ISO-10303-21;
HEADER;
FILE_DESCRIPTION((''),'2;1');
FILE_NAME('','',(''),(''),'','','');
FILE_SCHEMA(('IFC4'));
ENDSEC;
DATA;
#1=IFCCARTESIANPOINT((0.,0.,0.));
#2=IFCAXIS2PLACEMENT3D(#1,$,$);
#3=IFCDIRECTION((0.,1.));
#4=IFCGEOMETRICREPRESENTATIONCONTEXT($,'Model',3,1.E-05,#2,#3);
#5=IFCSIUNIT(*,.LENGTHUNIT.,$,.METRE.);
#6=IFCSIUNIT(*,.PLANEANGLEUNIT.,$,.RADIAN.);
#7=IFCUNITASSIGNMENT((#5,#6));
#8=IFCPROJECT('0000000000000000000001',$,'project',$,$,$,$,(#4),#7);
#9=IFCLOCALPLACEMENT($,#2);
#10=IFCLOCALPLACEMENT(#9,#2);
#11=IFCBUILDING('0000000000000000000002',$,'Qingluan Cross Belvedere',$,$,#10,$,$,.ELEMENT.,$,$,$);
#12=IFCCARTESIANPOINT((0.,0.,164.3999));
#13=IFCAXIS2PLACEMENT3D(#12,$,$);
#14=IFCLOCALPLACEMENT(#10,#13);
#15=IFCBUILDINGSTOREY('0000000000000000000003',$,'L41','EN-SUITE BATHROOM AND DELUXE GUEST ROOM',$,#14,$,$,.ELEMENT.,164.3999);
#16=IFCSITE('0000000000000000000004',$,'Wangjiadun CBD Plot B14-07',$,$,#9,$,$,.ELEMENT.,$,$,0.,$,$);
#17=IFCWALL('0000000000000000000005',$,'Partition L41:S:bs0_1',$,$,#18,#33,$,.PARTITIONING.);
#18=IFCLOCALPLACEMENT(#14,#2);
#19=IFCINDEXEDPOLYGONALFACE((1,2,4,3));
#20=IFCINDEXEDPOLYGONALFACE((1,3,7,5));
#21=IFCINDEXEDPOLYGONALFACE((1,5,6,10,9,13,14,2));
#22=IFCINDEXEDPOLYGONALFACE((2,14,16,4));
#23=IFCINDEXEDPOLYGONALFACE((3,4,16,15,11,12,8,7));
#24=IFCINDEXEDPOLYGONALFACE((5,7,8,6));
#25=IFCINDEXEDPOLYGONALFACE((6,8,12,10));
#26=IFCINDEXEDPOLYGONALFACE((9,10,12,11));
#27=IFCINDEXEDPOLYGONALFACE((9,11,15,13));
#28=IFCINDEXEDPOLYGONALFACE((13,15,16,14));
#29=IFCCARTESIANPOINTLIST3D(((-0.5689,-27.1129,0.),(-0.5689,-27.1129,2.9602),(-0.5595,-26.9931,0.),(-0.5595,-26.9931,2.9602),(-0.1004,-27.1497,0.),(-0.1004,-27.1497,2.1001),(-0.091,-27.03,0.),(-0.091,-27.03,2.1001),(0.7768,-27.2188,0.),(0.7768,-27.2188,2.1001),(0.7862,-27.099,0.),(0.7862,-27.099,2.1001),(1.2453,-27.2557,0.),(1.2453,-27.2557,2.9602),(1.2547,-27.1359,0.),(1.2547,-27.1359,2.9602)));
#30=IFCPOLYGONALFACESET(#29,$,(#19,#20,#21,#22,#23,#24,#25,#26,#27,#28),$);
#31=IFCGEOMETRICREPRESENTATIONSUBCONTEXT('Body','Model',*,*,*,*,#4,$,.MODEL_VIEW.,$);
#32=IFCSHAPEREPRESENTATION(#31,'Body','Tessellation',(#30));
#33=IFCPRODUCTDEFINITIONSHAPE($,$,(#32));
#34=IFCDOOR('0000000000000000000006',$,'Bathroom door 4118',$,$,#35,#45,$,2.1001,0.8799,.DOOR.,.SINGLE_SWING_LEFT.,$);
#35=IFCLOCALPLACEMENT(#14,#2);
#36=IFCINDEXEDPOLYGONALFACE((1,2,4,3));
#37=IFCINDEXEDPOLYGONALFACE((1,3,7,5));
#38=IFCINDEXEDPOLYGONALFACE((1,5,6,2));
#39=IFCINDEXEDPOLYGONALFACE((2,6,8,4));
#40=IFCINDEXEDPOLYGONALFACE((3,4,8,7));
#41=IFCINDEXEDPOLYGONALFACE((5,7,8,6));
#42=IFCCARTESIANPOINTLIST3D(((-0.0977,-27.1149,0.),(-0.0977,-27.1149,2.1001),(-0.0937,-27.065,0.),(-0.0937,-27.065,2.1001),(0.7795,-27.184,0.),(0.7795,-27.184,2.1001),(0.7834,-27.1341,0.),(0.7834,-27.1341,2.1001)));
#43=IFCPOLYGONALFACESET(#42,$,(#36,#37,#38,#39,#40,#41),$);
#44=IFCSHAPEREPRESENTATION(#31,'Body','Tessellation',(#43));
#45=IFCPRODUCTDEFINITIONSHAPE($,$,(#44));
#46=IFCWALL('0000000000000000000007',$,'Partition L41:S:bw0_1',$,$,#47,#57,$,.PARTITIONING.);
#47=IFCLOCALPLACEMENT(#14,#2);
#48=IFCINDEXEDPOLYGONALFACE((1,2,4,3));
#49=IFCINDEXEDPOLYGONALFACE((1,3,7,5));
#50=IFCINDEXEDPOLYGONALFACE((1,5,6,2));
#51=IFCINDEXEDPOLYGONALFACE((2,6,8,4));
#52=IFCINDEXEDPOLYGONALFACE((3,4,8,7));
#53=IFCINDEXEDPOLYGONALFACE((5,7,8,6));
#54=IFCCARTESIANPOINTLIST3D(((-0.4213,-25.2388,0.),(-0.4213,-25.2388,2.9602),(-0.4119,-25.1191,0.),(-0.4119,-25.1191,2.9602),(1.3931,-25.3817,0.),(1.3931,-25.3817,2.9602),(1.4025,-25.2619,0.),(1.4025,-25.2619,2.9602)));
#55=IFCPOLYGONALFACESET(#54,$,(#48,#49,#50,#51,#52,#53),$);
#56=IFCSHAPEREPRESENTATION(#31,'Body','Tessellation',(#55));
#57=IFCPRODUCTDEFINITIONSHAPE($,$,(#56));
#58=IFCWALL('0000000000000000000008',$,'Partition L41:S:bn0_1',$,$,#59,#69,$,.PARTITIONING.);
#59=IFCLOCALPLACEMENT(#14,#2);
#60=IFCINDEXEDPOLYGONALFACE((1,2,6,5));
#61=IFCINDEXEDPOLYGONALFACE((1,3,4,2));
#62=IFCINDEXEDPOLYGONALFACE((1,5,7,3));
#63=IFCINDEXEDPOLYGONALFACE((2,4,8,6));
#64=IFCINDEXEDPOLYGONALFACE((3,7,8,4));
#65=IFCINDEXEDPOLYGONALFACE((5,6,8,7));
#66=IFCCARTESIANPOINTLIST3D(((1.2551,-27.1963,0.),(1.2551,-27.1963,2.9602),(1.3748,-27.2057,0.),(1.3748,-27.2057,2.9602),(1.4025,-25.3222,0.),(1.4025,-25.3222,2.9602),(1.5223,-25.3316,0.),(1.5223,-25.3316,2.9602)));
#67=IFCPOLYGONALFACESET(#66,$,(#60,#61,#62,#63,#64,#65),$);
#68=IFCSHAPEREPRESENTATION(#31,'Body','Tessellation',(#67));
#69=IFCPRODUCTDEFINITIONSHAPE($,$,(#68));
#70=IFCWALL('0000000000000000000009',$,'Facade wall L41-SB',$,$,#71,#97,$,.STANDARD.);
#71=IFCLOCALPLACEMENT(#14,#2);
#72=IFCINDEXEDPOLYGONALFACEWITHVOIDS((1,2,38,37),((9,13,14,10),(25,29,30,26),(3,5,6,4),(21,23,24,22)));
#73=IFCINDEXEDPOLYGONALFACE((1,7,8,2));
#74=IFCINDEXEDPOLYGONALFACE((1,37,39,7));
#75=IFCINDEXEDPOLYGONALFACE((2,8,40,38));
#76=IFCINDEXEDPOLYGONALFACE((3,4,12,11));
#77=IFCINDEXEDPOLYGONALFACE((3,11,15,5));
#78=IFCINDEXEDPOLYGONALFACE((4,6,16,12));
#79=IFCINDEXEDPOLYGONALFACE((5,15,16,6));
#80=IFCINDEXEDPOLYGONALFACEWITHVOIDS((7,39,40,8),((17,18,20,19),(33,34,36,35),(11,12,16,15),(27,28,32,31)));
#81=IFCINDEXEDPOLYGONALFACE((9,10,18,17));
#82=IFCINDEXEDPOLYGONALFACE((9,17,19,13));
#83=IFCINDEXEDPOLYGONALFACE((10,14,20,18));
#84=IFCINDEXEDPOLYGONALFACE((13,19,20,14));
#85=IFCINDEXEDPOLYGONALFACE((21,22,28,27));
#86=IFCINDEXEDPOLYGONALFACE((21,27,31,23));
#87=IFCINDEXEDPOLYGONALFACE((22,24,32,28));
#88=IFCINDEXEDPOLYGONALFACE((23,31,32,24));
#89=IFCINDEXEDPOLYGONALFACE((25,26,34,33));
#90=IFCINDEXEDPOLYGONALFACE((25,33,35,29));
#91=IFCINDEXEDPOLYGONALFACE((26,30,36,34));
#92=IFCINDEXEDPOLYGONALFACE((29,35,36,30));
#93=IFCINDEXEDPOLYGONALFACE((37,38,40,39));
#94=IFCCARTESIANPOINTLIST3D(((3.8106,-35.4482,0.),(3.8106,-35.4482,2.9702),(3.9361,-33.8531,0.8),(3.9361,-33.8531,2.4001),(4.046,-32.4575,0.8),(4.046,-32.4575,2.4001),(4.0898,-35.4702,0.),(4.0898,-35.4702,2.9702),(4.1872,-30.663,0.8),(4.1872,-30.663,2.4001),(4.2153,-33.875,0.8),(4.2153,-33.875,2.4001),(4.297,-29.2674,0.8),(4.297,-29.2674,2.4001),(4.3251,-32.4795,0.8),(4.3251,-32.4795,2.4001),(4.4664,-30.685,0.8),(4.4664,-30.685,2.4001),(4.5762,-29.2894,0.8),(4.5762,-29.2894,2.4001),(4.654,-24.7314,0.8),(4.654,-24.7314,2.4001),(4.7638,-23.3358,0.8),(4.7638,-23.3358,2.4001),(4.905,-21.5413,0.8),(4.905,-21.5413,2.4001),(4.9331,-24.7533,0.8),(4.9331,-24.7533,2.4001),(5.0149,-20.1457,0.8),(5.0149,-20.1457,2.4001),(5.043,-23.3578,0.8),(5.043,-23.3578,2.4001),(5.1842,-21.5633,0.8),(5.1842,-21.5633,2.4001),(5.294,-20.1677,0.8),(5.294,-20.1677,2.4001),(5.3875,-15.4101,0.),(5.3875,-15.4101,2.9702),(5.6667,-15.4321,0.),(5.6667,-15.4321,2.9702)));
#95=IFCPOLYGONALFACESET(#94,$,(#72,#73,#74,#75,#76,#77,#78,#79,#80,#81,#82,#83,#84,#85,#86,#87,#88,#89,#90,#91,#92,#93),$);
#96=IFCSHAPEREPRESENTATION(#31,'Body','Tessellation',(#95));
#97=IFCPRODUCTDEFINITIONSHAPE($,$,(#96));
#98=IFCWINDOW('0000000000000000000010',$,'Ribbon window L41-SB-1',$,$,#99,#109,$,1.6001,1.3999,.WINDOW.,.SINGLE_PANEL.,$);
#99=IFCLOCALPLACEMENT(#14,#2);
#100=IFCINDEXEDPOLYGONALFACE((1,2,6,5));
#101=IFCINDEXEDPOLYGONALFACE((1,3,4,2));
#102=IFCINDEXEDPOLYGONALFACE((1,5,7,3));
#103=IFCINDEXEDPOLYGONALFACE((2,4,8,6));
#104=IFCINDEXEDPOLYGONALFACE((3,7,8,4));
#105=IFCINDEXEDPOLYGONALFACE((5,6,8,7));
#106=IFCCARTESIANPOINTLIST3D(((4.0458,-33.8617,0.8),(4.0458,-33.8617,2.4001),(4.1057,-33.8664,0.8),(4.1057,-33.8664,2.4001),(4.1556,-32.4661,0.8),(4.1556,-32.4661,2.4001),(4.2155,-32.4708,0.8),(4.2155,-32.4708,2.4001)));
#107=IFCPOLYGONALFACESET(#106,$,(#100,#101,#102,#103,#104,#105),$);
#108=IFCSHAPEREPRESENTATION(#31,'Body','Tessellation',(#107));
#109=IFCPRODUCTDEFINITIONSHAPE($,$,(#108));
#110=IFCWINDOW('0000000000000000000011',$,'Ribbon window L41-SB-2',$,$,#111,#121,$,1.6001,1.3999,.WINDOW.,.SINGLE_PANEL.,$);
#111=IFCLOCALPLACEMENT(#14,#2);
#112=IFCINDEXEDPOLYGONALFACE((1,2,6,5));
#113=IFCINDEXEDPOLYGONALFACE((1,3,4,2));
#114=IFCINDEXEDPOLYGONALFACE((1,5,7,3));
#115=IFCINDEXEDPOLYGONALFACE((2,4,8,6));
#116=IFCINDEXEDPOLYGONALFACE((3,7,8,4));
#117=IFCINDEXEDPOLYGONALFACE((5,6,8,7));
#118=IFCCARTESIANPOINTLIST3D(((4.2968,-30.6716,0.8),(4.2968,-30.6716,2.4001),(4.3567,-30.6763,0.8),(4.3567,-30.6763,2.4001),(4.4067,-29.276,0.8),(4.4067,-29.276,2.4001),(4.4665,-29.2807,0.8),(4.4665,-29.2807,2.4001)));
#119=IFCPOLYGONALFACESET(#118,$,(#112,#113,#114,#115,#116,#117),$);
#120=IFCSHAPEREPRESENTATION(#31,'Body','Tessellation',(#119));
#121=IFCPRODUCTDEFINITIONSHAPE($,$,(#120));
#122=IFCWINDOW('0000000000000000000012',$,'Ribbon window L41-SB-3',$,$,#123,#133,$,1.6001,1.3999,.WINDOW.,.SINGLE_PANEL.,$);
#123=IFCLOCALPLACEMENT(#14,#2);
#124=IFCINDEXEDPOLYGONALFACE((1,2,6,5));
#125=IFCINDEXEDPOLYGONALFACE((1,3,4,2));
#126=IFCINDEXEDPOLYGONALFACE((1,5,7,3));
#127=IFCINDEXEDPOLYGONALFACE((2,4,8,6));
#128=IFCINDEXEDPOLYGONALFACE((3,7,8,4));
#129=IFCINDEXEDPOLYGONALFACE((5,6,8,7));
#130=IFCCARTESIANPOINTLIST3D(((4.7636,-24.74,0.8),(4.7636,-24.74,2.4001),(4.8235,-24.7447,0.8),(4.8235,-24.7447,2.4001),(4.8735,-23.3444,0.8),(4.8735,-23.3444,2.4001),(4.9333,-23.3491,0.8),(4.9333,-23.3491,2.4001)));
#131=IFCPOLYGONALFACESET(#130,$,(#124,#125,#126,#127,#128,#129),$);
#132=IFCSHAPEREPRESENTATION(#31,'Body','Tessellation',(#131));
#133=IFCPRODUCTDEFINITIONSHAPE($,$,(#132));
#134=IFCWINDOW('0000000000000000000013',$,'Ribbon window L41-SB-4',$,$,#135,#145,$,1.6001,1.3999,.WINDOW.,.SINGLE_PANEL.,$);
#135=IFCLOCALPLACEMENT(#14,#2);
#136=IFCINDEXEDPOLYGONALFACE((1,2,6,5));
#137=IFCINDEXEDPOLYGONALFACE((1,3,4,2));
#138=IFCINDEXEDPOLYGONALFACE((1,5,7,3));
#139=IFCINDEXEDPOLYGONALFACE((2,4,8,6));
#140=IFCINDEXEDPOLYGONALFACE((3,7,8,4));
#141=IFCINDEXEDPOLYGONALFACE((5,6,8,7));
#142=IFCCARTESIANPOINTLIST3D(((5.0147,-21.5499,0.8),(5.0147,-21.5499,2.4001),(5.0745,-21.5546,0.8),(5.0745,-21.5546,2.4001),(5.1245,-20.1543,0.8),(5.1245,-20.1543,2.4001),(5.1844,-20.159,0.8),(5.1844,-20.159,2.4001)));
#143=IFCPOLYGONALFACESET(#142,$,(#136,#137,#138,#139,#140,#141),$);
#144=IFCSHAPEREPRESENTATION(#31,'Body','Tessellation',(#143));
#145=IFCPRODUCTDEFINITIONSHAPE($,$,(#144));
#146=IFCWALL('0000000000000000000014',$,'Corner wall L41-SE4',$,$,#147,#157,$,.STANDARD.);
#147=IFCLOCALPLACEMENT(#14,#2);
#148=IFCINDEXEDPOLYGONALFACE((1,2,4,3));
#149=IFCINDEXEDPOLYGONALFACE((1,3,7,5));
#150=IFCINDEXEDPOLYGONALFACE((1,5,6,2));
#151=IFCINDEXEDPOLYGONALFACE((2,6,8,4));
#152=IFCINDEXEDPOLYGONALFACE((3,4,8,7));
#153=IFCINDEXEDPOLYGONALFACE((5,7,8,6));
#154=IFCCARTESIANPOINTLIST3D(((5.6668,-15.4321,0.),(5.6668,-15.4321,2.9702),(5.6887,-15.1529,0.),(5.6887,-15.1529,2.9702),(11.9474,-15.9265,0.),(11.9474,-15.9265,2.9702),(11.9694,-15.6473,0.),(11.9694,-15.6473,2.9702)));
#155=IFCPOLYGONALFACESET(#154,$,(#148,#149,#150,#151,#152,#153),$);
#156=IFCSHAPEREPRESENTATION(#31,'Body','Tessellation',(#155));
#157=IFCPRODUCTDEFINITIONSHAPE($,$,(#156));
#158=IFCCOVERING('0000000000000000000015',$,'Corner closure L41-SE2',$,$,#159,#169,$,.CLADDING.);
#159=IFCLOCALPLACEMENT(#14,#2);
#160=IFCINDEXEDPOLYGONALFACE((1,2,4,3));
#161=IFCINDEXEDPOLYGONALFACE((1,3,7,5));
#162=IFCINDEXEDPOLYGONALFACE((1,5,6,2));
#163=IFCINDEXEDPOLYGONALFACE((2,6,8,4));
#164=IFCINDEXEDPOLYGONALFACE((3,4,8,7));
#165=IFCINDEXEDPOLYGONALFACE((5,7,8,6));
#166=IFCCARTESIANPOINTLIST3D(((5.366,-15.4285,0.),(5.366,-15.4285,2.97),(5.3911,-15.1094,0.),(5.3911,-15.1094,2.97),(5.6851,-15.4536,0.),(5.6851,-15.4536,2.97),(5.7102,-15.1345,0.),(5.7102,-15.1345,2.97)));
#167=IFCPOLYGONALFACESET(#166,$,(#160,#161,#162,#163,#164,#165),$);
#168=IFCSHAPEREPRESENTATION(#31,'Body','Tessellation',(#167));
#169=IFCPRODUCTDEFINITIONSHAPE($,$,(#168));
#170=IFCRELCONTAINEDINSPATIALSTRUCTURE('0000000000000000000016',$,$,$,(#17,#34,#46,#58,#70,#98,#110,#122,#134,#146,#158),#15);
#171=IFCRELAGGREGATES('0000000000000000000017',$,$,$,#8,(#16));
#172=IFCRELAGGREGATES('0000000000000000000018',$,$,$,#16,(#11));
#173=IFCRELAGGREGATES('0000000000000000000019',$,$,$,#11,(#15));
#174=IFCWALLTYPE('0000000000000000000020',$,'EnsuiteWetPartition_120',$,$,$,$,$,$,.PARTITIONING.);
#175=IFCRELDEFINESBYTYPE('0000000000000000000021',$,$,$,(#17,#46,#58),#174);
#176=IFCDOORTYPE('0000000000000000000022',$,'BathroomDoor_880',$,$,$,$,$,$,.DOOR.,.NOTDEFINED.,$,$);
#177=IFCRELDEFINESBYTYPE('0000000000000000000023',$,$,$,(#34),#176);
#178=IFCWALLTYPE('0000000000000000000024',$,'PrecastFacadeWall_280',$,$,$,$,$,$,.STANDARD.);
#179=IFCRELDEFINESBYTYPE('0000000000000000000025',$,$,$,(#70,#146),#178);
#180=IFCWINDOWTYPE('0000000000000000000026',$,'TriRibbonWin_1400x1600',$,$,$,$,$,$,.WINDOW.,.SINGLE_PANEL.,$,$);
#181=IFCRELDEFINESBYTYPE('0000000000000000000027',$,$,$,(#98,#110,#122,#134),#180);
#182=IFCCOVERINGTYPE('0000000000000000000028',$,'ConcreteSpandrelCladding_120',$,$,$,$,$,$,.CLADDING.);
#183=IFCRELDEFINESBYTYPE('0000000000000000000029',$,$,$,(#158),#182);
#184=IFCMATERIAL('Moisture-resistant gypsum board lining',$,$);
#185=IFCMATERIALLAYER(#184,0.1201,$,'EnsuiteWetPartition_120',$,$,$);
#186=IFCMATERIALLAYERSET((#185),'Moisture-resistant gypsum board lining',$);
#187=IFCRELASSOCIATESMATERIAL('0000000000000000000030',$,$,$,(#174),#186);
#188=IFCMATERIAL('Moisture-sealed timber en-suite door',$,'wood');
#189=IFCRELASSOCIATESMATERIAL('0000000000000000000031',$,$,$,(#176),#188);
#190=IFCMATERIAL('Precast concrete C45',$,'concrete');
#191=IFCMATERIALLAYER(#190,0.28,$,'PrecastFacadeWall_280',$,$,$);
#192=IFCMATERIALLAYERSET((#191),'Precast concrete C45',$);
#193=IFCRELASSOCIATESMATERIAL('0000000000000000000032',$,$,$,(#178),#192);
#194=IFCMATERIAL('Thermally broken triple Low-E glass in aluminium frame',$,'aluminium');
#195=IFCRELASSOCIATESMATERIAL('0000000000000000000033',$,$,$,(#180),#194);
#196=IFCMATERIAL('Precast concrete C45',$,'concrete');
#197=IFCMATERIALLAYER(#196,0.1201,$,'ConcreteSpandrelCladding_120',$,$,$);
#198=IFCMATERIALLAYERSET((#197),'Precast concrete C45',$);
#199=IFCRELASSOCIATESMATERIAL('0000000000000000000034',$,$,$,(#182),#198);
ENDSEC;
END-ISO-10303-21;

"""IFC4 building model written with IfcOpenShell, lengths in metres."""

from ifc_helpers import new_model, si_unit, direction, frame, frame_2d, origin, origin_2d, place, context, subcontext, project, spatial, rectangle, extrude, material, layer, layer_set, type_object, element, fill, save


model = new_model("IFC4")

# Units and contexts
model_context = context("Model", 3, precision=1e-05, world=origin(), true_north=direction((0.0, 1.0)))
body_context = subcontext(model_context, "Body", "Model", "MODEL_VIEW")
ifc_project = project(units=[si_unit("LENGTHUNIT", "METRE"), si_unit("PLANEANGLEUNIT", "RADIAN")], contexts=[model_context])

# Site, building, storey
site_placement = place(None, origin())
site = spatial("IfcSite", under=ifc_project, at=site_placement, Name="Wangjiadun CBD Plot B14-07", CompositionType="ELEMENT", RefElevation=0.0)
building_placement = place(site_placement, origin())
building = spatial("IfcBuilding", under=site, at=building_placement, Name="Qingluan Cross Belvedere", CompositionType="ELEMENT")
storey_placement = place(building_placement, frame((0.0, 0.0, 164.3999)))
storey = spatial("IfcBuildingStorey", under=building, at=storey_placement, Name="L41", Description="EN-SUITE BATHROOM AND DELUXE GUEST ROOM", CompositionType="ELEMENT", Elevation=164.3999)

# Shared definitions
ifc_material_1 = material(Name="Moisture-resistant gypsum board lining")
ifc_layer_1 = layer(ifc_material_1, 0.1201, Name="EnsuiteWetPartition_120")
ifc_layer_set_1 = layer_set([ifc_layer_1], Name="Moisture-resistant gypsum board lining")
wall_type_1 = type_object("IfcWallType", Name="EnsuiteWetPartition_120", PredefinedType="PARTITIONING", material=ifc_layer_set_1)
ifc_material_2 = material(Name="Moisture-sealed timber en-suite door", Category="wood")
door_type_1 = type_object("IfcDoorType", Name="BathroomDoor_880", OperationType="NOTDEFINED", PredefinedType="DOOR", material=ifc_material_2)

# Wall, opening, door
wall_1_placement = place(storey_placement, frame((-0.5642, -27.053, 0.0), z_axis=(0.0, 0.0, 1.0), x_axis=(0.996916, -0.078481, 0.0)))
wall_1 = element("IfcWall", 1, at=wall_1_placement, inside=storey, type_object=wall_type_1, Name="Partition L41:S:bs0_1", PredefinedType="PARTITIONING", context=body_context, shape_type="SweptSolid", body=[
    extrude(rectangle(XDim=1.8198, YDim=0.1201, at=frame_2d((0.9099, 0.0))), origin(), (0.0, 0.0, 1.0), 2.9602),
])
opening_1_placement = place(wall_1_placement, frame((0.47, 0.0, 0.0)))
opening_1 = element("IfcOpeningElement", 2, at=opening_1_placement, cuts=wall_1, PredefinedType="OPENING", context=body_context, shape_type="SweptSolid", body=[
    extrude(rectangle(XDim=0.8799, YDim=2.1001, at=frame_2d((0.4399, 1.05))), frame((0.0, 0.0701, 0.0), z_axis=(0.0, -1.0, 0.0), x_axis=(1.0, 0.0, 0.0)), (0.0, 0.0, 1.0), 0.1401),
])
door_1_placement = place(opening_1_placement, origin())
door_1 = element("IfcDoor", 3, at=door_1_placement, inside=storey, type_object=door_type_1, Name="Bathroom door 4118", OperationType="SINGLE_SWING_LEFT", OverallHeight=2.1001, OverallWidth=0.8799, PredefinedType="DOOR", context=body_context, shape_type="SweptSolid", body=[
    extrude(rectangle(XDim=0.8799, YDim=2.1001, at=frame_2d((0.4399, 1.05))), frame((0.0, 0.0249, 0.0), z_axis=(0.0, -1.0, 0.0), x_axis=(1.0, 0.0, 0.0)), (0.0, 0.0, 1.0), 0.05),
])
fill(opening_1, door_1)

# Walls
wall_2_placement = place(storey_placement, frame((-0.4167, -25.179, 0.0), z_axis=(0.0, 0.0, 1.0), x_axis=(0.996916, -0.078471, 0.0)))
element("IfcWall", 4, at=wall_2_placement, inside=storey, type_object=wall_type_1, Name="Partition L41:S:bw0_1", PredefinedType="PARTITIONING", context=body_context, shape_type="SweptSolid", body=[
    extrude(rectangle(XDim=1.8201, YDim=0.1201, at=frame_2d((0.9102, 0.0))), origin(), (0.0, 0.0, 1.0), 2.9602),
])
wall_3_placement = place(storey_placement, frame((1.4624, -25.3269, 0.0), z_axis=(0.0, 0.0, 1.0), x_axis=(-0.078444, -0.996918, 0.0)))
element("IfcWall", 5, at=wall_3_placement, inside=storey, type_object=wall_type_1, Name="Partition L41:S:bn0_1", PredefinedType="PARTITIONING", context=body_context, shape_type="SweptSolid", body=[
    extrude(rectangle(XDim=1.8799, YDim=0.1201, at=frame_2d((0.9399, 0.0))), origin(), (0.0, 0.0, 1.0), 2.9602),
])

# Wall, openings, windows
ifc_material_3 = material(Name="Precast concrete C45", Category="concrete")
ifc_layer_2 = layer(ifc_material_3, 0.28, Name="PrecastFacadeWall_280")
ifc_layer_set_2 = layer_set([ifc_layer_2], Name="Precast concrete C45")
wall_type_2 = type_object("IfcWallType", Name="PrecastFacadeWall_280", PredefinedType="STANDARD", material=ifc_layer_set_2)
wall_4_placement = place(storey_placement, frame((3.9502, -35.4592, 0.0), z_axis=(0.0, 0.0, 1.0), x_axis=(0.078453, 0.996918, 0.0)))
wall_4 = element("IfcWall", 6, at=wall_4_placement, inside=storey, type_object=wall_type_2, Name="Facade wall L41-SB", PredefinedType="STANDARD", context=body_context, shape_type="SweptSolid", body=[
    extrude(rectangle(XDim=20.1001, YDim=0.28, at=frame_2d((10.05, 0.0))), origin(), (0.0, 0.0, 1.0), 2.9702),
])
opening_2_placement = place(wall_4_placement, frame((1.6001, 0.0, 0.8)))
opening_2 = element("IfcOpeningElement", 7, at=opening_2_placement, cuts=wall_4, PredefinedType="OPENING", context=body_context, shape_type="SweptSolid", body=[
    extrude(rectangle(XDim=1.3999, YDim=1.6001, at=frame_2d((0.7, 0.8))), frame((0.0, 0.1499, 0.0), z_axis=(0.0, -1.0, 0.0), x_axis=(1.0, 0.0, 0.0)), (0.0, 0.0, 1.0), 0.3),
])
opening_3_placement = place(wall_4_placement, frame((4.8, 0.0, 0.8)))
opening_3 = element("IfcOpeningElement", 8, at=opening_3_placement, cuts=wall_4, PredefinedType="OPENING", context=body_context, shape_type="SweptSolid", body=[
    extrude(rectangle(XDim=1.3999, YDim=1.6001, at=frame_2d((0.7, 0.8))), frame((0.0, 0.1499, 0.0), z_axis=(0.0, -1.0, 0.0), x_axis=(1.0, 0.0, 0.0)), (0.0, 0.0, 1.0), 0.3),
])
opening_4_placement = place(wall_4_placement, frame((10.75, 0.0, 0.8)))
opening_4 = element("IfcOpeningElement", 9, at=opening_4_placement, cuts=wall_4, PredefinedType="OPENING", context=body_context, shape_type="SweptSolid", body=[
    extrude(rectangle(XDim=1.3999, YDim=1.6001, at=frame_2d((0.7, 0.8))), frame((0.0, 0.1499, 0.0), z_axis=(0.0, -1.0, 0.0), x_axis=(1.0, 0.0, 0.0)), (0.0, 0.0, 1.0), 0.3),
])
opening_5_placement = place(wall_4_placement, frame((13.95, 0.0, 0.8)))
opening_5 = element("IfcOpeningElement", 10, at=opening_5_placement, cuts=wall_4, PredefinedType="OPENING", context=body_context, shape_type="SweptSolid", body=[
    extrude(rectangle(XDim=1.3999, YDim=1.6001, at=frame_2d((0.7, 0.8))), frame((0.0, 0.1499, 0.0), z_axis=(0.0, -1.0, 0.0), x_axis=(1.0, 0.0, 0.0)), (0.0, 0.0, 1.0), 0.3),
])
ifc_material_4 = material(Name="Thermally broken triple Low-E glass in aluminium frame", Category="aluminium")
window_type = type_object("IfcWindowType", Name="TriRibbonWin_1400x1600", PartitioningType="SINGLE_PANEL", PredefinedType="WINDOW", material=ifc_material_4)
window_1_placement = place(opening_2_placement, origin())
window_1 = element("IfcWindow", 11, at=window_1_placement, inside=storey, type_object=window_type, Name="Ribbon window L41-SB-1", OverallHeight=1.6001, OverallWidth=1.3999, PartitioningType="SINGLE_PANEL", PredefinedType="WINDOW", context=body_context, shape_type="SweptSolid", body=[
    extrude(rectangle(XDim=1.3999, YDim=1.6001, at=frame_2d((0.7, 0.8))), frame((0.0, 0.03, 0.0), z_axis=(0.0, -1.0, 0.0), x_axis=(1.0, 0.0, 0.0)), (0.0, 0.0, 1.0), 0.0601),
])
fill(opening_2, window_1)
window_2_placement = place(opening_3_placement, origin())
window_2 = element("IfcWindow", 12, at=window_2_placement, inside=storey, type_object=window_type, Name="Ribbon window L41-SB-2", OverallHeight=1.6001, OverallWidth=1.3999, PartitioningType="SINGLE_PANEL", PredefinedType="WINDOW", context=body_context, shape_type="SweptSolid", body=[
    extrude(rectangle(XDim=1.3999, YDim=1.6001, at=frame_2d((0.7, 0.8))), frame((0.0, 0.03, 0.0), z_axis=(0.0, -1.0, 0.0), x_axis=(1.0, 0.0, 0.0)), (0.0, 0.0, 1.0), 0.0601),
])
fill(opening_3, window_2)
window_3_placement = place(opening_4_placement, origin())
window_3 = element("IfcWindow", 13, at=window_3_placement, inside=storey, type_object=window_type, Name="Ribbon window L41-SB-3", OverallHeight=1.6001, OverallWidth=1.3999, PartitioningType="SINGLE_PANEL", PredefinedType="WINDOW", context=body_context, shape_type="SweptSolid", body=[
    extrude(rectangle(XDim=1.3999, YDim=1.6001, at=frame_2d((0.7, 0.8))), frame((0.0, 0.03, 0.0), z_axis=(0.0, -1.0, 0.0), x_axis=(1.0, 0.0, 0.0)), (0.0, 0.0, 1.0), 0.0601),
])
fill(opening_4, window_3)
window_4_placement = place(opening_5_placement, origin())
window_4 = element("IfcWindow", 14, at=window_4_placement, inside=storey, type_object=window_type, Name="Ribbon window L41-SB-4", OverallHeight=1.6001, OverallWidth=1.3999, PartitioningType="SINGLE_PANEL", PredefinedType="WINDOW", context=body_context, shape_type="SweptSolid", body=[
    extrude(rectangle(XDim=1.3999, YDim=1.6001, at=frame_2d((0.7, 0.8))), frame((0.0, 0.03, 0.0), z_axis=(0.0, -1.0, 0.0), x_axis=(1.0, 0.0, 0.0)), (0.0, 0.0, 1.0), 0.0601),
])
fill(opening_5, window_4)

# Wall
wall_5_placement = place(storey_placement, frame((11.9583, -15.7869, 0.0), z_axis=(0.0, 0.0, 1.0), x_axis=(-0.996916, 0.078474, 0.0)))
element("IfcWall", 15, at=wall_5_placement, inside=storey, type_object=wall_type_2, Name="Corner wall L41-SE4", PredefinedType="STANDARD", context=body_context, shape_type="SweptSolid", body=[
    extrude(rectangle(XDim=6.3, YDim=0.28, at=frame_2d((3.1499, 0.0))), origin(), (0.0, 0.0, 1.0), 2.9702),
])

# Covering
ifc_material_5 = material(Name="Precast concrete C45", Category="concrete")
ifc_layer_3 = layer(ifc_material_5, 0.1201, Name="ConcreteSpandrelCladding_120")
ifc_layer_set_3 = layer_set([ifc_layer_3], Name="Precast concrete C45")
covering_type = type_object("IfcCoveringType", Name="ConcreteSpandrelCladding_120", PredefinedType="CLADDING", material=ifc_layer_set_3)
covering_placement = place(storey_placement, frame((5.5381, -15.2815, 0.0), z_axis=(0.0, 0.0, 1.0), x_axis=(0.996917, -0.078459, 0.0)))
element("IfcCovering", 16, at=covering_placement, inside=storey, type_object=covering_type, Name="Corner closure L41-SE2", PredefinedType="CLADDING", context=body_context, shape_type="SweptSolid", body=[
    extrude(rectangle(XDim=0.3201, YDim=0.3201, at=origin_2d()), origin(), (0.0, 0.0, 1.0), 2.97),
])

save(model, "model.ifc")
